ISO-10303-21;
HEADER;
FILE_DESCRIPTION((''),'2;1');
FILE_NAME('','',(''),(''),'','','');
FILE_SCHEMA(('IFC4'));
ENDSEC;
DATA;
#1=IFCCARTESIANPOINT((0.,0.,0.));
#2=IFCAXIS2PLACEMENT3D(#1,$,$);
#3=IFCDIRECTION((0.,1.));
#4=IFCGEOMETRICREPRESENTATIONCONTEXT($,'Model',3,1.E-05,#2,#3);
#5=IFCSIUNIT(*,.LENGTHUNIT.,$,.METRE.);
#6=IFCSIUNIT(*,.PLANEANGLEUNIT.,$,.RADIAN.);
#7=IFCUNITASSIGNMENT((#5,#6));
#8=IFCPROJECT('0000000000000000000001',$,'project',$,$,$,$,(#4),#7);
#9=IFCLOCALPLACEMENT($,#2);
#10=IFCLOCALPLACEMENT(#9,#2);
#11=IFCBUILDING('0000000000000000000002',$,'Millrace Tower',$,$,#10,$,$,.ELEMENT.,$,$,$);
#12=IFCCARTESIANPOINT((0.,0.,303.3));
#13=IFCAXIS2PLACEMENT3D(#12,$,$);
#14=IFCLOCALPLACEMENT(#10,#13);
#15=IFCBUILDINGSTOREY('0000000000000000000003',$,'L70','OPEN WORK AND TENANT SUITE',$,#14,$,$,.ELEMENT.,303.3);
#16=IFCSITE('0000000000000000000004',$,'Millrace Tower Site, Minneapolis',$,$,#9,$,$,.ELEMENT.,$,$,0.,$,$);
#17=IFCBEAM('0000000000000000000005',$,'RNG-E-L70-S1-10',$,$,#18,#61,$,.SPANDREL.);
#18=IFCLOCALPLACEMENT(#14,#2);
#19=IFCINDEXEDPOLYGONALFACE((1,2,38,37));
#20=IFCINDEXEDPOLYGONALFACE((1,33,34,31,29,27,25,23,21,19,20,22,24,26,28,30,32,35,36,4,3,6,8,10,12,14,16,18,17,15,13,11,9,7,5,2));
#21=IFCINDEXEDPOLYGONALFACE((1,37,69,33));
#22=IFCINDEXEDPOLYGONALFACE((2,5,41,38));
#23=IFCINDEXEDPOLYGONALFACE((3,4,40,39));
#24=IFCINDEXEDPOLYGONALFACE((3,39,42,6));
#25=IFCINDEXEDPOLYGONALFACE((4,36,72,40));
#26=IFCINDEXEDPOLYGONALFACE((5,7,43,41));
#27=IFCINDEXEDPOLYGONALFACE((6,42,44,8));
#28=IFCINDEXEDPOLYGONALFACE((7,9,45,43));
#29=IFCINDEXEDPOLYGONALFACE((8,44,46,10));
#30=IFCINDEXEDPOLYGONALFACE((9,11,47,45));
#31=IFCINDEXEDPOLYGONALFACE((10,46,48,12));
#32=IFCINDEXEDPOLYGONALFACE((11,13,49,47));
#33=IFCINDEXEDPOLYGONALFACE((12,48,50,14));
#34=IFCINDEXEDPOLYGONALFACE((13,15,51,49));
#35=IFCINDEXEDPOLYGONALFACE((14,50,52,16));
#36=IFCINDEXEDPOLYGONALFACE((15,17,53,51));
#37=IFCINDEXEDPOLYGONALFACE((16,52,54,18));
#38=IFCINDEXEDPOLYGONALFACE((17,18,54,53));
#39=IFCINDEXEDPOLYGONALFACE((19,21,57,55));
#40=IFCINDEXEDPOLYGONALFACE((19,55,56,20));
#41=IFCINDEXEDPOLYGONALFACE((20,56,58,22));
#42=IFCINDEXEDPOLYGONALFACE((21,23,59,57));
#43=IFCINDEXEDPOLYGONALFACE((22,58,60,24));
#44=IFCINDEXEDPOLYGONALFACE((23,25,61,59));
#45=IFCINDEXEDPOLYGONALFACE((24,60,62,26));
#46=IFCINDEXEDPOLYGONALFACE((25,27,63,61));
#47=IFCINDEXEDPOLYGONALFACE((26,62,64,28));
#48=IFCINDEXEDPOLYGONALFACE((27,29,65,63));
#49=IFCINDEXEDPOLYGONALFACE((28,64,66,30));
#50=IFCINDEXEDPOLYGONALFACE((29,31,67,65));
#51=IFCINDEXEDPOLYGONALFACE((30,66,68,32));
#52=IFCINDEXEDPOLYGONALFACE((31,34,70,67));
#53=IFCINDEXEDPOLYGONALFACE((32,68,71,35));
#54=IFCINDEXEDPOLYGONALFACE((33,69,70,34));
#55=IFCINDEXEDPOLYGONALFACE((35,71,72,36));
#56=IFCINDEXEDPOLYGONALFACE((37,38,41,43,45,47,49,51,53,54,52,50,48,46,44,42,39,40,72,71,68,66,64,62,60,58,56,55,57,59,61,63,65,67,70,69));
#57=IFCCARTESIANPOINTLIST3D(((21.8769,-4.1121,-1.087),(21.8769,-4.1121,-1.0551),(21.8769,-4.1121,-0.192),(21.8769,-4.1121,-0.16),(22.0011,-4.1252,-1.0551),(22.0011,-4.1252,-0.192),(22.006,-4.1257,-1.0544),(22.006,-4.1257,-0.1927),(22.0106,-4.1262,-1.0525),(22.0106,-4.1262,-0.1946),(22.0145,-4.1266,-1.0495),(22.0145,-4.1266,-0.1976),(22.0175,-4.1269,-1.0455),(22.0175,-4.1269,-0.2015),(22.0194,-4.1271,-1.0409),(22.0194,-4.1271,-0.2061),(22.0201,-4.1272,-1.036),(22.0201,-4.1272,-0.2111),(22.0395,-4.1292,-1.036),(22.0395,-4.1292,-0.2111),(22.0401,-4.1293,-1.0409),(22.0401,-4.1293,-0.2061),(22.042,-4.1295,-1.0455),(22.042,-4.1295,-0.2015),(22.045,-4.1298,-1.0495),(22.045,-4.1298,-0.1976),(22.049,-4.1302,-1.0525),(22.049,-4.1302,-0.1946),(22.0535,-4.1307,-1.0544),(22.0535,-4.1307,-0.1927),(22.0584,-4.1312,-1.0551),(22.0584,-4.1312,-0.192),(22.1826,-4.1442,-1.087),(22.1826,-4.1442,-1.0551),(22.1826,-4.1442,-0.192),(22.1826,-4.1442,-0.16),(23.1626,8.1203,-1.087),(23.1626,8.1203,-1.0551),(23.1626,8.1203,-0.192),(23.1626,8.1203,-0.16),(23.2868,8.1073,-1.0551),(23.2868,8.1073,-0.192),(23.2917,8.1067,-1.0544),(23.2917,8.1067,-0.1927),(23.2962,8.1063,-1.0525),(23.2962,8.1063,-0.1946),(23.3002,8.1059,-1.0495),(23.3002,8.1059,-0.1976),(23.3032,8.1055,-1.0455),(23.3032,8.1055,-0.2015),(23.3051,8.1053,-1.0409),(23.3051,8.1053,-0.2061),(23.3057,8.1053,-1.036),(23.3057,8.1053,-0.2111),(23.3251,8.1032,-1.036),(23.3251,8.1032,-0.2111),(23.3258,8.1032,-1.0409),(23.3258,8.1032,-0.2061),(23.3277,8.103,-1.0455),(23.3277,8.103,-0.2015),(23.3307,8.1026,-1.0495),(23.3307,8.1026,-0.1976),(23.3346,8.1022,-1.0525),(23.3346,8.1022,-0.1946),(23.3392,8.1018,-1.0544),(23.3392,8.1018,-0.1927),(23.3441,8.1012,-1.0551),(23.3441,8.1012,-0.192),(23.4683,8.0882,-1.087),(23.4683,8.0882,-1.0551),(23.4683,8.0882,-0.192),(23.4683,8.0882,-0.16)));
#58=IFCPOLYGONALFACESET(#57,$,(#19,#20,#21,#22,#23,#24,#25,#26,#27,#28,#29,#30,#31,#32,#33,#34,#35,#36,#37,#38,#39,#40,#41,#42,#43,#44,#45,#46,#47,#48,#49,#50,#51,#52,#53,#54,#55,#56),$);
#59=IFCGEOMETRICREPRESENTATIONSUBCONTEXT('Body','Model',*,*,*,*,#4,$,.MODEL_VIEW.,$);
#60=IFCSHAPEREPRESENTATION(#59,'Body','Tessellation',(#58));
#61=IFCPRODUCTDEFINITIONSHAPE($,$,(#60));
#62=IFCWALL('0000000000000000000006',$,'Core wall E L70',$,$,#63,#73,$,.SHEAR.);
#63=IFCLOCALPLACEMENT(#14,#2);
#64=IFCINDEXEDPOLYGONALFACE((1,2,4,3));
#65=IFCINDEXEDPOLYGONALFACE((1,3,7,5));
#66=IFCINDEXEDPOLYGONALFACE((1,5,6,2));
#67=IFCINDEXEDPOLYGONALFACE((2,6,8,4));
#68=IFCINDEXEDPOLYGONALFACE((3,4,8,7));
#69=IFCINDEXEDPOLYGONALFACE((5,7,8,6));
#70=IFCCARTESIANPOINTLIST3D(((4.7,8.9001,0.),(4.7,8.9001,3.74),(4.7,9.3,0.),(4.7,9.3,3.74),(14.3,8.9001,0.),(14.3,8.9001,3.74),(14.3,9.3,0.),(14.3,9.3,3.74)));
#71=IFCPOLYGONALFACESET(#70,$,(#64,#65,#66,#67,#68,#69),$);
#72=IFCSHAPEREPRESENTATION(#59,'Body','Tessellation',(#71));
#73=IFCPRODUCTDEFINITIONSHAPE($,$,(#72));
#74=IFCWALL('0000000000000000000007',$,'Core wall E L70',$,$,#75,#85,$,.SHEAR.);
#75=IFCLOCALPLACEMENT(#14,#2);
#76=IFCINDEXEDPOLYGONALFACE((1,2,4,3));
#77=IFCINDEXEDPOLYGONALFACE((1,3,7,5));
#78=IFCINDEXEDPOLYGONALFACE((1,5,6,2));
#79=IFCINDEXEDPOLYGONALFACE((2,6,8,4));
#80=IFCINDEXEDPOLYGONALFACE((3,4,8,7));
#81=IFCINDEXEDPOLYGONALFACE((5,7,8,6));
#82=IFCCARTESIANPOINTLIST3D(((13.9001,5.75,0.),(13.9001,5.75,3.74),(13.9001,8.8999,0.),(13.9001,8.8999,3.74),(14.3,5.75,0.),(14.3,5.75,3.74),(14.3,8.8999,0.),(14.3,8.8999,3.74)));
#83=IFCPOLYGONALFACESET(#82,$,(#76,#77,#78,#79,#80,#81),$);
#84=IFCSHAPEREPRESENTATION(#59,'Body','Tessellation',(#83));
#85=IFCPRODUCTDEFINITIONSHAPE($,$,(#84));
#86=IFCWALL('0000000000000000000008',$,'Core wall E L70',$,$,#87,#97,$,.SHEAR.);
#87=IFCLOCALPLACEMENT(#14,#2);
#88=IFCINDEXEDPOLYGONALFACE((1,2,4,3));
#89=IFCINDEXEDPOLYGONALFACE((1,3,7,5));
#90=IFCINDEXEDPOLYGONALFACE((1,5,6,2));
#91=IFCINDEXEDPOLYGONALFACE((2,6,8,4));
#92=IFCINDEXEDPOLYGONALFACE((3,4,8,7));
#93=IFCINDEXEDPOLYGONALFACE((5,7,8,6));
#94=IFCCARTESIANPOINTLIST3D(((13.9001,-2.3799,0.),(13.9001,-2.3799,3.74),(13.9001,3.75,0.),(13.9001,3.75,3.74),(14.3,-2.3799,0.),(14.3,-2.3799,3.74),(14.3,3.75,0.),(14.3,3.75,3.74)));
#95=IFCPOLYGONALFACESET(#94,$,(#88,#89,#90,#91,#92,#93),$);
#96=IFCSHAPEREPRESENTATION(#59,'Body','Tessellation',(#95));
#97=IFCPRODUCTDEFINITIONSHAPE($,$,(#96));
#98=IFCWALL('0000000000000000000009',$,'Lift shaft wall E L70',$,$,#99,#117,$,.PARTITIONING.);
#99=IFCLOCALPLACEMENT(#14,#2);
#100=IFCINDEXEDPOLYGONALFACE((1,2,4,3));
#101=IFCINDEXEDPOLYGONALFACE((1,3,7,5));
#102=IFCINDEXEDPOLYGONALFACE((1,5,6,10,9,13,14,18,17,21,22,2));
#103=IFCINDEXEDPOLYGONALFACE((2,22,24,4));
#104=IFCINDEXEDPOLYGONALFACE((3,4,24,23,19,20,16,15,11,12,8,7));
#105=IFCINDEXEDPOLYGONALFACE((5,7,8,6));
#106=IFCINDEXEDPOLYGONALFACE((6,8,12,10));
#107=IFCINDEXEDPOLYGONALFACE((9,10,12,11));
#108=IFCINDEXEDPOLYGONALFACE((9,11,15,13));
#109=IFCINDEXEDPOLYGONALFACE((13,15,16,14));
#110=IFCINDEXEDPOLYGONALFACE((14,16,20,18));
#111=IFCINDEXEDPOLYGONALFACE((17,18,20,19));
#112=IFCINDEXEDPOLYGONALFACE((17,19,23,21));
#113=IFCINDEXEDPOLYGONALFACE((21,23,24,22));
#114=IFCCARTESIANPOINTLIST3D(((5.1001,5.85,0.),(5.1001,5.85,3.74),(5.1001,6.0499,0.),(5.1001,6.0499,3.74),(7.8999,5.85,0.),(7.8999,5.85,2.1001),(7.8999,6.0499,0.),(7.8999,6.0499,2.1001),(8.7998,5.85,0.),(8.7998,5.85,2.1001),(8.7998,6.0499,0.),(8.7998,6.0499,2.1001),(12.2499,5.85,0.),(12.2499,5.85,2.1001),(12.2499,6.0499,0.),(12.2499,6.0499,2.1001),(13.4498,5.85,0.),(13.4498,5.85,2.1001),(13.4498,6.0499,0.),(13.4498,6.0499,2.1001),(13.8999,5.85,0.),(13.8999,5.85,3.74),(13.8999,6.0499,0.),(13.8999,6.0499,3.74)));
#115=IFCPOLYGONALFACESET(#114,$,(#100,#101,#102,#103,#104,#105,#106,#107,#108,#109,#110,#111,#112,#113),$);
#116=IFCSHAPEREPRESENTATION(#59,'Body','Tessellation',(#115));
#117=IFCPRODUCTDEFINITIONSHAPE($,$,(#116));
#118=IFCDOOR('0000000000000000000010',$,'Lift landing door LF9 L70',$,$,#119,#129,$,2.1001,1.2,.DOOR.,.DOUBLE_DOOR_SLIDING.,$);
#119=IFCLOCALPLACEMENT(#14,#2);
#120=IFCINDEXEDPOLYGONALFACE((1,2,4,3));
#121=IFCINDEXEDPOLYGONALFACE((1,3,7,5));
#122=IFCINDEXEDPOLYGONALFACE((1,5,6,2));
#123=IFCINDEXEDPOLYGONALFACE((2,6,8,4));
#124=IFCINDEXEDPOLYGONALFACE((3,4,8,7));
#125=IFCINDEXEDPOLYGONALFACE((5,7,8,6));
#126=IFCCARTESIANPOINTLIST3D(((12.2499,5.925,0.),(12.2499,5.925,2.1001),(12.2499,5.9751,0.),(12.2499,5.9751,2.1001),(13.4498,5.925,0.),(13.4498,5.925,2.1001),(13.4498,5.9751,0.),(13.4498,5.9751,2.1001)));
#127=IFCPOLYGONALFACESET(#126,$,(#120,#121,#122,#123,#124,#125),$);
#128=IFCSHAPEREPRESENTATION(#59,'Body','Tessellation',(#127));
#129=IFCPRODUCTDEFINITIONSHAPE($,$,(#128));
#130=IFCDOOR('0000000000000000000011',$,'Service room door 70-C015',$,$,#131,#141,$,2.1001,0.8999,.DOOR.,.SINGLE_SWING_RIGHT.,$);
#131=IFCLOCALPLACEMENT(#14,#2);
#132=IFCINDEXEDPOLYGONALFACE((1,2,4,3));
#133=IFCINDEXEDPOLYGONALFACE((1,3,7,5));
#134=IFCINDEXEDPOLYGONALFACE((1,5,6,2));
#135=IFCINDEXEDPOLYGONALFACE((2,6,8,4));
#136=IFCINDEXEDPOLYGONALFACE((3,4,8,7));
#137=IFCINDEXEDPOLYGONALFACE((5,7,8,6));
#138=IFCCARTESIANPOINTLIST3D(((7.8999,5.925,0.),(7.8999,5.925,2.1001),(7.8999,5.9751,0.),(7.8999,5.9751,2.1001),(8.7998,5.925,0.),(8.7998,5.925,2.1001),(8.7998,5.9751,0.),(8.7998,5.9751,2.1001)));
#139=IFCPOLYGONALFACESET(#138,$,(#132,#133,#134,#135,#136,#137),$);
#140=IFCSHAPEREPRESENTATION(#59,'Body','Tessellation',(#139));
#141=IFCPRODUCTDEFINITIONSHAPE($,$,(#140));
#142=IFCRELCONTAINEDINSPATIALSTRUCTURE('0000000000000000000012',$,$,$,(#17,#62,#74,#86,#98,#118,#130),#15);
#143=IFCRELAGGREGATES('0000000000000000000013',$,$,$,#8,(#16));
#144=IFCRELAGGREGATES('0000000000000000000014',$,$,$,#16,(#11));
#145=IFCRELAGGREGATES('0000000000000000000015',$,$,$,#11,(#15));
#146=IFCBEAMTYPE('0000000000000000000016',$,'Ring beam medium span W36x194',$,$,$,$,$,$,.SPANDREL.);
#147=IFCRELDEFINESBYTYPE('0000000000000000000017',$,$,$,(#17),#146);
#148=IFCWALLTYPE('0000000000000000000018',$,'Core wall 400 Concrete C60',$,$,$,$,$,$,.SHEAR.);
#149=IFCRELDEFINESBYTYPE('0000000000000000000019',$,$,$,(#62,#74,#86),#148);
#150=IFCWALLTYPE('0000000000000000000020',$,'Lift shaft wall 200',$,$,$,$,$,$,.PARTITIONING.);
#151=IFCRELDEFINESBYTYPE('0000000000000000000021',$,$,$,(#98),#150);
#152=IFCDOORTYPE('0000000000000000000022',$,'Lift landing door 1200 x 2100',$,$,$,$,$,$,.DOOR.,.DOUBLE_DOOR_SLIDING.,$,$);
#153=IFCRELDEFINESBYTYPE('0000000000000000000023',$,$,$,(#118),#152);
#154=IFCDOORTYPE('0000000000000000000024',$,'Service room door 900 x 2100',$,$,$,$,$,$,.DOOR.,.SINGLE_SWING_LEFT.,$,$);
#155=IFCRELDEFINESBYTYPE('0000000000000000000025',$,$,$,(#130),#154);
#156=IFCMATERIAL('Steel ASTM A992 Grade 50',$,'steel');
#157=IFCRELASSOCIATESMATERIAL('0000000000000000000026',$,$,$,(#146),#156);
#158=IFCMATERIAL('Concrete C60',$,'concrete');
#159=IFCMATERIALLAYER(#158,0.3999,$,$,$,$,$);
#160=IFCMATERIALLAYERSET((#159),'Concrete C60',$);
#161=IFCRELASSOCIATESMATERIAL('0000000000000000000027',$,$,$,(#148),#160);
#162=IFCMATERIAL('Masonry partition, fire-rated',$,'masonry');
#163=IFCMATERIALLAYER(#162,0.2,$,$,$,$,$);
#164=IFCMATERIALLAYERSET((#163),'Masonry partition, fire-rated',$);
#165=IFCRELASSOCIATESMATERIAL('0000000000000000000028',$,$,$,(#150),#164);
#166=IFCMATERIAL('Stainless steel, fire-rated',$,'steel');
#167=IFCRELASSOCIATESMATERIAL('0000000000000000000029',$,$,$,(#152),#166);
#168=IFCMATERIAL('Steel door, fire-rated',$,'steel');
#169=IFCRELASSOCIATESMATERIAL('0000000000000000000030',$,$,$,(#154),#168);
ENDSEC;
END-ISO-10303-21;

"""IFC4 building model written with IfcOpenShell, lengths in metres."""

from ifc_helpers import new_model, si_unit, direction, frame, frame_2d, origin, origin_2d, place, context, subcontext, project, spatial, rectangle, i_section, extrude, material, layer, layer_set, material_profile, profile_set, type_object, element, fill, save


model = new_model("IFC4")

# Units and contexts
model_context = context("Model", 3, precision=1e-05, world=origin(), true_north=direction((0.0, 1.0)))
body_context = subcontext(model_context, "Body", "Model", "MODEL_VIEW")
ifc_project = project(units=[si_unit("LENGTHUNIT", "METRE"), si_unit("PLANEANGLEUNIT", "RADIAN")], contexts=[model_context])

# Site, building, storey
site_placement = place(None, origin())
site = spatial("IfcSite", under=ifc_project, at=site_placement, Name="Millrace Tower Site, Minneapolis", CompositionType="ELEMENT", RefElevation=0.0)
building_placement = place(site_placement, origin())
building = spatial("IfcBuilding", under=site, at=building_placement, Name="Millrace Tower", CompositionType="ELEMENT")
storey_placement = place(building_placement, frame((0.0, 0.0, 303.3)))
storey = spatial("IfcBuildingStorey", under=building, at=storey_placement, Name="L70", Description="OPEN WORK AND TENANT SUITE", CompositionType="ELEMENT", Elevation=303.3)

# Beam
ifc_material_1 = material(Name="Steel ASTM A992 Grade 50", Category="steel")
ifc_material_profile_1 = material_profile(ifc_material_1, i_section(OverallWidth=0.3074, OverallDepth=0.927, WebThickness=0.0195, FlangeThickness=0.032, FilletRadius=0.019, at=origin_2d()))
ifc_profile_set_1 = profile_set([ifc_material_profile_1], Name="Steel ASTM A992 Grade 50")
beam_type_1 = type_object("IfcBeamType", Name="Ring beam medium span W36x194", PredefinedType="SPANDREL", material=ifc_profile_set_1)
beam_1_placement = place(storey_placement, frame((23.3154, 8.1042, -0.6235), z_axis=(-0.104526, -0.994522, 0.0), x_axis=(0.994522, -0.104526, 0.0)))
element("IfcBeam", 1, at=beam_1_placement, inside=storey, type_object=beam_type_1, Name="RNG-E-L70-S1-10", PredefinedType="SPANDREL", context=body_context, shape_type="SweptSolid", body=[
    extrude(i_section(OverallWidth=0.3074, OverallDepth=0.927, WebThickness=0.0195, FlangeThickness=0.032, FilletRadius=0.019, at=origin_2d()), origin(), (0.0, 0.0, 1.0), 12.2998),
])

# Walls
ifc_material_2 = material(Name="Concrete C60", Category="concrete")
ifc_layer_1 = layer(ifc_material_2, 0.3999)
ifc_layer_set_1 = layer_set([ifc_layer_1], Name="Concrete C60")
wall_type_1 = type_object("IfcWallType", Name="Core wall 400 Concrete C60", PredefinedType="SHEAR", material=ifc_layer_set_1)
wall_1_placement = place(storey_placement, frame((14.3, 9.1001, 0.0), z_axis=(0.0, 0.0, 1.0), x_axis=(-1.0, 0.0, 0.0)))
element("IfcWall", 2, at=wall_1_placement, inside=storey, type_object=wall_type_1, Name="Core wall E L70", PredefinedType="SHEAR", context=body_context, shape_type="SweptSolid", body=[
    extrude(rectangle(XDim=9.6001, YDim=0.3999, at=frame_2d((4.8, 0.0))), origin(), (0.0, 0.0, 1.0), 3.74),
])
wall_2_placement = place(storey_placement, frame((14.1001, 8.8999, 0.0), z_axis=(0.0, 0.0, 1.0), x_axis=(0.0, -1.0, 0.0)))
element("IfcWall", 3, at=wall_2_placement, inside=storey, type_object=wall_type_1, Name="Core wall E L70", PredefinedType="SHEAR", context=body_context, shape_type="SweptSolid", body=[
    extrude(rectangle(XDim=3.1499, YDim=0.3999, at=frame_2d((1.575, 0.0))), origin(), (0.0, 0.0, 1.0), 3.74),
])
wall_3_placement = place(storey_placement, frame((14.1001, 3.75, 0.0), z_axis=(0.0, 0.0, 1.0), x_axis=(0.0, -1.0, 0.0)))
element("IfcWall", 4, at=wall_3_placement, inside=storey, type_object=wall_type_1, Name="Core wall E L70", PredefinedType="SHEAR", context=body_context, shape_type="SweptSolid", body=[
    extrude(rectangle(XDim=6.1299, YDim=0.3999, at=frame_2d((3.0649, 0.0))), origin(), (0.0, 0.0, 1.0), 3.74),
])

# Wall, openings, doors
ifc_material_3 = material(Name="Masonry partition, fire-rated", Category="masonry")
ifc_layer_2 = layer(ifc_material_3, 0.2)
ifc_layer_set_2 = layer_set([ifc_layer_2], Name="Masonry partition, fire-rated")
wall_type_2 = type_object("IfcWallType", Name="Lift shaft wall 200", PredefinedType="PARTITIONING", material=ifc_layer_set_2)
wall_4_placement = place(storey_placement, frame((13.8999, 5.95, 0.0), z_axis=(0.0, 0.0, 1.0), x_axis=(-1.0, 0.0, 0.0)))
wall_4 = element("IfcWall", 5, at=wall_4_placement, inside=storey, type_object=wall_type_2, Name="Lift shaft wall E L70", PredefinedType="PARTITIONING", context=body_context, shape_type="SweptSolid", body=[
    extrude(rectangle(XDim=8.7998, YDim=0.2, at=frame_2d((4.3999, 0.0))), origin(), (0.0, 0.0, 1.0), 3.74),
])
opening_1_placement = place(wall_4_placement, frame((0.45, 0.0, 0.0)))
opening_1 = element("IfcOpeningElement", 6, at=opening_1_placement, cuts=wall_4, PredefinedType="OPENING", context=body_context, shape_type="SweptSolid", body=[
    extrude(rectangle(XDim=1.2, YDim=2.1001, at=frame_2d((0.6001, 1.05))), frame((0.0, 0.1099, 0.0), z_axis=(0.0, -1.0, 0.0), x_axis=(1.0, 0.0, 0.0)), (0.0, 0.0, 1.0), 0.22),
])
opening_2_placement = place(wall_4_placement, frame((5.1001, 0.0, 0.0)))
opening_2 = element("IfcOpeningElement", 7, at=opening_2_placement, cuts=wall_4, PredefinedType="OPENING", context=body_context, shape_type="SweptSolid", body=[
    extrude(rectangle(XDim=0.8999, YDim=2.1001, at=frame_2d((0.45, 1.05))), frame((0.0, 0.1099, 0.0), z_axis=(0.0, -1.0, 0.0), x_axis=(1.0, 0.0, 0.0)), (0.0, 0.0, 1.0), 0.22),
])
ifc_material_4 = material(Name="Stainless steel, fire-rated", Category="steel")
door_type_1 = type_object("IfcDoorType", Name="Lift landing door 1200 x 2100", OperationType="DOUBLE_DOOR_SLIDING", PredefinedType="DOOR", material=ifc_material_4)
door_1_placement = place(opening_1_placement, origin())
door_1 = element("IfcDoor", 8, at=door_1_placement, inside=storey, type_object=door_type_1, Name="Lift landing door LF9 L70", OperationType="DOUBLE_DOOR_SLIDING", OverallHeight=2.1001, OverallWidth=1.2, PredefinedType="DOOR", context=body_context, shape_type="SweptSolid", body=[
    extrude(rectangle(XDim=1.2, YDim=2.1001, at=frame_2d((0.6001, 1.05))), frame((0.0, 0.0249, 0.0), z_axis=(0.0, -1.0, 0.0), x_axis=(1.0, 0.0, 0.0)), (0.0, 0.0, 1.0), 0.05),
])
fill(opening_1, door_1)
ifc_material_5 = material(Name="Steel door, fire-rated", Category="steel")
door_type_2 = type_object("IfcDoorType", Name="Service room door 900 x 2100", OperationType="SINGLE_SWING_LEFT", PredefinedType="DOOR", material=ifc_material_5)
door_2_placement = place(opening_2_placement, origin())
door_2 = element("IfcDoor", 9, at=door_2_placement, inside=storey, type_object=door_type_2, Name="Service room door 70-C015", OperationType="SINGLE_SWING_RIGHT", OverallHeight=2.1001, OverallWidth=0.8999, PredefinedType="DOOR", context=body_context, shape_type="SweptSolid", body=[
    extrude(rectangle(XDim=0.8999, YDim=2.1001, at=frame_2d((0.45, 1.05))), frame((0.0, 0.0249, 0.0), z_axis=(0.0, -1.0, 0.0), x_axis=(1.0, 0.0, 0.0)), (0.0, 0.0, 1.0), 0.05),
])
fill(opening_2, door_2)

save(model, "model.ifc")
